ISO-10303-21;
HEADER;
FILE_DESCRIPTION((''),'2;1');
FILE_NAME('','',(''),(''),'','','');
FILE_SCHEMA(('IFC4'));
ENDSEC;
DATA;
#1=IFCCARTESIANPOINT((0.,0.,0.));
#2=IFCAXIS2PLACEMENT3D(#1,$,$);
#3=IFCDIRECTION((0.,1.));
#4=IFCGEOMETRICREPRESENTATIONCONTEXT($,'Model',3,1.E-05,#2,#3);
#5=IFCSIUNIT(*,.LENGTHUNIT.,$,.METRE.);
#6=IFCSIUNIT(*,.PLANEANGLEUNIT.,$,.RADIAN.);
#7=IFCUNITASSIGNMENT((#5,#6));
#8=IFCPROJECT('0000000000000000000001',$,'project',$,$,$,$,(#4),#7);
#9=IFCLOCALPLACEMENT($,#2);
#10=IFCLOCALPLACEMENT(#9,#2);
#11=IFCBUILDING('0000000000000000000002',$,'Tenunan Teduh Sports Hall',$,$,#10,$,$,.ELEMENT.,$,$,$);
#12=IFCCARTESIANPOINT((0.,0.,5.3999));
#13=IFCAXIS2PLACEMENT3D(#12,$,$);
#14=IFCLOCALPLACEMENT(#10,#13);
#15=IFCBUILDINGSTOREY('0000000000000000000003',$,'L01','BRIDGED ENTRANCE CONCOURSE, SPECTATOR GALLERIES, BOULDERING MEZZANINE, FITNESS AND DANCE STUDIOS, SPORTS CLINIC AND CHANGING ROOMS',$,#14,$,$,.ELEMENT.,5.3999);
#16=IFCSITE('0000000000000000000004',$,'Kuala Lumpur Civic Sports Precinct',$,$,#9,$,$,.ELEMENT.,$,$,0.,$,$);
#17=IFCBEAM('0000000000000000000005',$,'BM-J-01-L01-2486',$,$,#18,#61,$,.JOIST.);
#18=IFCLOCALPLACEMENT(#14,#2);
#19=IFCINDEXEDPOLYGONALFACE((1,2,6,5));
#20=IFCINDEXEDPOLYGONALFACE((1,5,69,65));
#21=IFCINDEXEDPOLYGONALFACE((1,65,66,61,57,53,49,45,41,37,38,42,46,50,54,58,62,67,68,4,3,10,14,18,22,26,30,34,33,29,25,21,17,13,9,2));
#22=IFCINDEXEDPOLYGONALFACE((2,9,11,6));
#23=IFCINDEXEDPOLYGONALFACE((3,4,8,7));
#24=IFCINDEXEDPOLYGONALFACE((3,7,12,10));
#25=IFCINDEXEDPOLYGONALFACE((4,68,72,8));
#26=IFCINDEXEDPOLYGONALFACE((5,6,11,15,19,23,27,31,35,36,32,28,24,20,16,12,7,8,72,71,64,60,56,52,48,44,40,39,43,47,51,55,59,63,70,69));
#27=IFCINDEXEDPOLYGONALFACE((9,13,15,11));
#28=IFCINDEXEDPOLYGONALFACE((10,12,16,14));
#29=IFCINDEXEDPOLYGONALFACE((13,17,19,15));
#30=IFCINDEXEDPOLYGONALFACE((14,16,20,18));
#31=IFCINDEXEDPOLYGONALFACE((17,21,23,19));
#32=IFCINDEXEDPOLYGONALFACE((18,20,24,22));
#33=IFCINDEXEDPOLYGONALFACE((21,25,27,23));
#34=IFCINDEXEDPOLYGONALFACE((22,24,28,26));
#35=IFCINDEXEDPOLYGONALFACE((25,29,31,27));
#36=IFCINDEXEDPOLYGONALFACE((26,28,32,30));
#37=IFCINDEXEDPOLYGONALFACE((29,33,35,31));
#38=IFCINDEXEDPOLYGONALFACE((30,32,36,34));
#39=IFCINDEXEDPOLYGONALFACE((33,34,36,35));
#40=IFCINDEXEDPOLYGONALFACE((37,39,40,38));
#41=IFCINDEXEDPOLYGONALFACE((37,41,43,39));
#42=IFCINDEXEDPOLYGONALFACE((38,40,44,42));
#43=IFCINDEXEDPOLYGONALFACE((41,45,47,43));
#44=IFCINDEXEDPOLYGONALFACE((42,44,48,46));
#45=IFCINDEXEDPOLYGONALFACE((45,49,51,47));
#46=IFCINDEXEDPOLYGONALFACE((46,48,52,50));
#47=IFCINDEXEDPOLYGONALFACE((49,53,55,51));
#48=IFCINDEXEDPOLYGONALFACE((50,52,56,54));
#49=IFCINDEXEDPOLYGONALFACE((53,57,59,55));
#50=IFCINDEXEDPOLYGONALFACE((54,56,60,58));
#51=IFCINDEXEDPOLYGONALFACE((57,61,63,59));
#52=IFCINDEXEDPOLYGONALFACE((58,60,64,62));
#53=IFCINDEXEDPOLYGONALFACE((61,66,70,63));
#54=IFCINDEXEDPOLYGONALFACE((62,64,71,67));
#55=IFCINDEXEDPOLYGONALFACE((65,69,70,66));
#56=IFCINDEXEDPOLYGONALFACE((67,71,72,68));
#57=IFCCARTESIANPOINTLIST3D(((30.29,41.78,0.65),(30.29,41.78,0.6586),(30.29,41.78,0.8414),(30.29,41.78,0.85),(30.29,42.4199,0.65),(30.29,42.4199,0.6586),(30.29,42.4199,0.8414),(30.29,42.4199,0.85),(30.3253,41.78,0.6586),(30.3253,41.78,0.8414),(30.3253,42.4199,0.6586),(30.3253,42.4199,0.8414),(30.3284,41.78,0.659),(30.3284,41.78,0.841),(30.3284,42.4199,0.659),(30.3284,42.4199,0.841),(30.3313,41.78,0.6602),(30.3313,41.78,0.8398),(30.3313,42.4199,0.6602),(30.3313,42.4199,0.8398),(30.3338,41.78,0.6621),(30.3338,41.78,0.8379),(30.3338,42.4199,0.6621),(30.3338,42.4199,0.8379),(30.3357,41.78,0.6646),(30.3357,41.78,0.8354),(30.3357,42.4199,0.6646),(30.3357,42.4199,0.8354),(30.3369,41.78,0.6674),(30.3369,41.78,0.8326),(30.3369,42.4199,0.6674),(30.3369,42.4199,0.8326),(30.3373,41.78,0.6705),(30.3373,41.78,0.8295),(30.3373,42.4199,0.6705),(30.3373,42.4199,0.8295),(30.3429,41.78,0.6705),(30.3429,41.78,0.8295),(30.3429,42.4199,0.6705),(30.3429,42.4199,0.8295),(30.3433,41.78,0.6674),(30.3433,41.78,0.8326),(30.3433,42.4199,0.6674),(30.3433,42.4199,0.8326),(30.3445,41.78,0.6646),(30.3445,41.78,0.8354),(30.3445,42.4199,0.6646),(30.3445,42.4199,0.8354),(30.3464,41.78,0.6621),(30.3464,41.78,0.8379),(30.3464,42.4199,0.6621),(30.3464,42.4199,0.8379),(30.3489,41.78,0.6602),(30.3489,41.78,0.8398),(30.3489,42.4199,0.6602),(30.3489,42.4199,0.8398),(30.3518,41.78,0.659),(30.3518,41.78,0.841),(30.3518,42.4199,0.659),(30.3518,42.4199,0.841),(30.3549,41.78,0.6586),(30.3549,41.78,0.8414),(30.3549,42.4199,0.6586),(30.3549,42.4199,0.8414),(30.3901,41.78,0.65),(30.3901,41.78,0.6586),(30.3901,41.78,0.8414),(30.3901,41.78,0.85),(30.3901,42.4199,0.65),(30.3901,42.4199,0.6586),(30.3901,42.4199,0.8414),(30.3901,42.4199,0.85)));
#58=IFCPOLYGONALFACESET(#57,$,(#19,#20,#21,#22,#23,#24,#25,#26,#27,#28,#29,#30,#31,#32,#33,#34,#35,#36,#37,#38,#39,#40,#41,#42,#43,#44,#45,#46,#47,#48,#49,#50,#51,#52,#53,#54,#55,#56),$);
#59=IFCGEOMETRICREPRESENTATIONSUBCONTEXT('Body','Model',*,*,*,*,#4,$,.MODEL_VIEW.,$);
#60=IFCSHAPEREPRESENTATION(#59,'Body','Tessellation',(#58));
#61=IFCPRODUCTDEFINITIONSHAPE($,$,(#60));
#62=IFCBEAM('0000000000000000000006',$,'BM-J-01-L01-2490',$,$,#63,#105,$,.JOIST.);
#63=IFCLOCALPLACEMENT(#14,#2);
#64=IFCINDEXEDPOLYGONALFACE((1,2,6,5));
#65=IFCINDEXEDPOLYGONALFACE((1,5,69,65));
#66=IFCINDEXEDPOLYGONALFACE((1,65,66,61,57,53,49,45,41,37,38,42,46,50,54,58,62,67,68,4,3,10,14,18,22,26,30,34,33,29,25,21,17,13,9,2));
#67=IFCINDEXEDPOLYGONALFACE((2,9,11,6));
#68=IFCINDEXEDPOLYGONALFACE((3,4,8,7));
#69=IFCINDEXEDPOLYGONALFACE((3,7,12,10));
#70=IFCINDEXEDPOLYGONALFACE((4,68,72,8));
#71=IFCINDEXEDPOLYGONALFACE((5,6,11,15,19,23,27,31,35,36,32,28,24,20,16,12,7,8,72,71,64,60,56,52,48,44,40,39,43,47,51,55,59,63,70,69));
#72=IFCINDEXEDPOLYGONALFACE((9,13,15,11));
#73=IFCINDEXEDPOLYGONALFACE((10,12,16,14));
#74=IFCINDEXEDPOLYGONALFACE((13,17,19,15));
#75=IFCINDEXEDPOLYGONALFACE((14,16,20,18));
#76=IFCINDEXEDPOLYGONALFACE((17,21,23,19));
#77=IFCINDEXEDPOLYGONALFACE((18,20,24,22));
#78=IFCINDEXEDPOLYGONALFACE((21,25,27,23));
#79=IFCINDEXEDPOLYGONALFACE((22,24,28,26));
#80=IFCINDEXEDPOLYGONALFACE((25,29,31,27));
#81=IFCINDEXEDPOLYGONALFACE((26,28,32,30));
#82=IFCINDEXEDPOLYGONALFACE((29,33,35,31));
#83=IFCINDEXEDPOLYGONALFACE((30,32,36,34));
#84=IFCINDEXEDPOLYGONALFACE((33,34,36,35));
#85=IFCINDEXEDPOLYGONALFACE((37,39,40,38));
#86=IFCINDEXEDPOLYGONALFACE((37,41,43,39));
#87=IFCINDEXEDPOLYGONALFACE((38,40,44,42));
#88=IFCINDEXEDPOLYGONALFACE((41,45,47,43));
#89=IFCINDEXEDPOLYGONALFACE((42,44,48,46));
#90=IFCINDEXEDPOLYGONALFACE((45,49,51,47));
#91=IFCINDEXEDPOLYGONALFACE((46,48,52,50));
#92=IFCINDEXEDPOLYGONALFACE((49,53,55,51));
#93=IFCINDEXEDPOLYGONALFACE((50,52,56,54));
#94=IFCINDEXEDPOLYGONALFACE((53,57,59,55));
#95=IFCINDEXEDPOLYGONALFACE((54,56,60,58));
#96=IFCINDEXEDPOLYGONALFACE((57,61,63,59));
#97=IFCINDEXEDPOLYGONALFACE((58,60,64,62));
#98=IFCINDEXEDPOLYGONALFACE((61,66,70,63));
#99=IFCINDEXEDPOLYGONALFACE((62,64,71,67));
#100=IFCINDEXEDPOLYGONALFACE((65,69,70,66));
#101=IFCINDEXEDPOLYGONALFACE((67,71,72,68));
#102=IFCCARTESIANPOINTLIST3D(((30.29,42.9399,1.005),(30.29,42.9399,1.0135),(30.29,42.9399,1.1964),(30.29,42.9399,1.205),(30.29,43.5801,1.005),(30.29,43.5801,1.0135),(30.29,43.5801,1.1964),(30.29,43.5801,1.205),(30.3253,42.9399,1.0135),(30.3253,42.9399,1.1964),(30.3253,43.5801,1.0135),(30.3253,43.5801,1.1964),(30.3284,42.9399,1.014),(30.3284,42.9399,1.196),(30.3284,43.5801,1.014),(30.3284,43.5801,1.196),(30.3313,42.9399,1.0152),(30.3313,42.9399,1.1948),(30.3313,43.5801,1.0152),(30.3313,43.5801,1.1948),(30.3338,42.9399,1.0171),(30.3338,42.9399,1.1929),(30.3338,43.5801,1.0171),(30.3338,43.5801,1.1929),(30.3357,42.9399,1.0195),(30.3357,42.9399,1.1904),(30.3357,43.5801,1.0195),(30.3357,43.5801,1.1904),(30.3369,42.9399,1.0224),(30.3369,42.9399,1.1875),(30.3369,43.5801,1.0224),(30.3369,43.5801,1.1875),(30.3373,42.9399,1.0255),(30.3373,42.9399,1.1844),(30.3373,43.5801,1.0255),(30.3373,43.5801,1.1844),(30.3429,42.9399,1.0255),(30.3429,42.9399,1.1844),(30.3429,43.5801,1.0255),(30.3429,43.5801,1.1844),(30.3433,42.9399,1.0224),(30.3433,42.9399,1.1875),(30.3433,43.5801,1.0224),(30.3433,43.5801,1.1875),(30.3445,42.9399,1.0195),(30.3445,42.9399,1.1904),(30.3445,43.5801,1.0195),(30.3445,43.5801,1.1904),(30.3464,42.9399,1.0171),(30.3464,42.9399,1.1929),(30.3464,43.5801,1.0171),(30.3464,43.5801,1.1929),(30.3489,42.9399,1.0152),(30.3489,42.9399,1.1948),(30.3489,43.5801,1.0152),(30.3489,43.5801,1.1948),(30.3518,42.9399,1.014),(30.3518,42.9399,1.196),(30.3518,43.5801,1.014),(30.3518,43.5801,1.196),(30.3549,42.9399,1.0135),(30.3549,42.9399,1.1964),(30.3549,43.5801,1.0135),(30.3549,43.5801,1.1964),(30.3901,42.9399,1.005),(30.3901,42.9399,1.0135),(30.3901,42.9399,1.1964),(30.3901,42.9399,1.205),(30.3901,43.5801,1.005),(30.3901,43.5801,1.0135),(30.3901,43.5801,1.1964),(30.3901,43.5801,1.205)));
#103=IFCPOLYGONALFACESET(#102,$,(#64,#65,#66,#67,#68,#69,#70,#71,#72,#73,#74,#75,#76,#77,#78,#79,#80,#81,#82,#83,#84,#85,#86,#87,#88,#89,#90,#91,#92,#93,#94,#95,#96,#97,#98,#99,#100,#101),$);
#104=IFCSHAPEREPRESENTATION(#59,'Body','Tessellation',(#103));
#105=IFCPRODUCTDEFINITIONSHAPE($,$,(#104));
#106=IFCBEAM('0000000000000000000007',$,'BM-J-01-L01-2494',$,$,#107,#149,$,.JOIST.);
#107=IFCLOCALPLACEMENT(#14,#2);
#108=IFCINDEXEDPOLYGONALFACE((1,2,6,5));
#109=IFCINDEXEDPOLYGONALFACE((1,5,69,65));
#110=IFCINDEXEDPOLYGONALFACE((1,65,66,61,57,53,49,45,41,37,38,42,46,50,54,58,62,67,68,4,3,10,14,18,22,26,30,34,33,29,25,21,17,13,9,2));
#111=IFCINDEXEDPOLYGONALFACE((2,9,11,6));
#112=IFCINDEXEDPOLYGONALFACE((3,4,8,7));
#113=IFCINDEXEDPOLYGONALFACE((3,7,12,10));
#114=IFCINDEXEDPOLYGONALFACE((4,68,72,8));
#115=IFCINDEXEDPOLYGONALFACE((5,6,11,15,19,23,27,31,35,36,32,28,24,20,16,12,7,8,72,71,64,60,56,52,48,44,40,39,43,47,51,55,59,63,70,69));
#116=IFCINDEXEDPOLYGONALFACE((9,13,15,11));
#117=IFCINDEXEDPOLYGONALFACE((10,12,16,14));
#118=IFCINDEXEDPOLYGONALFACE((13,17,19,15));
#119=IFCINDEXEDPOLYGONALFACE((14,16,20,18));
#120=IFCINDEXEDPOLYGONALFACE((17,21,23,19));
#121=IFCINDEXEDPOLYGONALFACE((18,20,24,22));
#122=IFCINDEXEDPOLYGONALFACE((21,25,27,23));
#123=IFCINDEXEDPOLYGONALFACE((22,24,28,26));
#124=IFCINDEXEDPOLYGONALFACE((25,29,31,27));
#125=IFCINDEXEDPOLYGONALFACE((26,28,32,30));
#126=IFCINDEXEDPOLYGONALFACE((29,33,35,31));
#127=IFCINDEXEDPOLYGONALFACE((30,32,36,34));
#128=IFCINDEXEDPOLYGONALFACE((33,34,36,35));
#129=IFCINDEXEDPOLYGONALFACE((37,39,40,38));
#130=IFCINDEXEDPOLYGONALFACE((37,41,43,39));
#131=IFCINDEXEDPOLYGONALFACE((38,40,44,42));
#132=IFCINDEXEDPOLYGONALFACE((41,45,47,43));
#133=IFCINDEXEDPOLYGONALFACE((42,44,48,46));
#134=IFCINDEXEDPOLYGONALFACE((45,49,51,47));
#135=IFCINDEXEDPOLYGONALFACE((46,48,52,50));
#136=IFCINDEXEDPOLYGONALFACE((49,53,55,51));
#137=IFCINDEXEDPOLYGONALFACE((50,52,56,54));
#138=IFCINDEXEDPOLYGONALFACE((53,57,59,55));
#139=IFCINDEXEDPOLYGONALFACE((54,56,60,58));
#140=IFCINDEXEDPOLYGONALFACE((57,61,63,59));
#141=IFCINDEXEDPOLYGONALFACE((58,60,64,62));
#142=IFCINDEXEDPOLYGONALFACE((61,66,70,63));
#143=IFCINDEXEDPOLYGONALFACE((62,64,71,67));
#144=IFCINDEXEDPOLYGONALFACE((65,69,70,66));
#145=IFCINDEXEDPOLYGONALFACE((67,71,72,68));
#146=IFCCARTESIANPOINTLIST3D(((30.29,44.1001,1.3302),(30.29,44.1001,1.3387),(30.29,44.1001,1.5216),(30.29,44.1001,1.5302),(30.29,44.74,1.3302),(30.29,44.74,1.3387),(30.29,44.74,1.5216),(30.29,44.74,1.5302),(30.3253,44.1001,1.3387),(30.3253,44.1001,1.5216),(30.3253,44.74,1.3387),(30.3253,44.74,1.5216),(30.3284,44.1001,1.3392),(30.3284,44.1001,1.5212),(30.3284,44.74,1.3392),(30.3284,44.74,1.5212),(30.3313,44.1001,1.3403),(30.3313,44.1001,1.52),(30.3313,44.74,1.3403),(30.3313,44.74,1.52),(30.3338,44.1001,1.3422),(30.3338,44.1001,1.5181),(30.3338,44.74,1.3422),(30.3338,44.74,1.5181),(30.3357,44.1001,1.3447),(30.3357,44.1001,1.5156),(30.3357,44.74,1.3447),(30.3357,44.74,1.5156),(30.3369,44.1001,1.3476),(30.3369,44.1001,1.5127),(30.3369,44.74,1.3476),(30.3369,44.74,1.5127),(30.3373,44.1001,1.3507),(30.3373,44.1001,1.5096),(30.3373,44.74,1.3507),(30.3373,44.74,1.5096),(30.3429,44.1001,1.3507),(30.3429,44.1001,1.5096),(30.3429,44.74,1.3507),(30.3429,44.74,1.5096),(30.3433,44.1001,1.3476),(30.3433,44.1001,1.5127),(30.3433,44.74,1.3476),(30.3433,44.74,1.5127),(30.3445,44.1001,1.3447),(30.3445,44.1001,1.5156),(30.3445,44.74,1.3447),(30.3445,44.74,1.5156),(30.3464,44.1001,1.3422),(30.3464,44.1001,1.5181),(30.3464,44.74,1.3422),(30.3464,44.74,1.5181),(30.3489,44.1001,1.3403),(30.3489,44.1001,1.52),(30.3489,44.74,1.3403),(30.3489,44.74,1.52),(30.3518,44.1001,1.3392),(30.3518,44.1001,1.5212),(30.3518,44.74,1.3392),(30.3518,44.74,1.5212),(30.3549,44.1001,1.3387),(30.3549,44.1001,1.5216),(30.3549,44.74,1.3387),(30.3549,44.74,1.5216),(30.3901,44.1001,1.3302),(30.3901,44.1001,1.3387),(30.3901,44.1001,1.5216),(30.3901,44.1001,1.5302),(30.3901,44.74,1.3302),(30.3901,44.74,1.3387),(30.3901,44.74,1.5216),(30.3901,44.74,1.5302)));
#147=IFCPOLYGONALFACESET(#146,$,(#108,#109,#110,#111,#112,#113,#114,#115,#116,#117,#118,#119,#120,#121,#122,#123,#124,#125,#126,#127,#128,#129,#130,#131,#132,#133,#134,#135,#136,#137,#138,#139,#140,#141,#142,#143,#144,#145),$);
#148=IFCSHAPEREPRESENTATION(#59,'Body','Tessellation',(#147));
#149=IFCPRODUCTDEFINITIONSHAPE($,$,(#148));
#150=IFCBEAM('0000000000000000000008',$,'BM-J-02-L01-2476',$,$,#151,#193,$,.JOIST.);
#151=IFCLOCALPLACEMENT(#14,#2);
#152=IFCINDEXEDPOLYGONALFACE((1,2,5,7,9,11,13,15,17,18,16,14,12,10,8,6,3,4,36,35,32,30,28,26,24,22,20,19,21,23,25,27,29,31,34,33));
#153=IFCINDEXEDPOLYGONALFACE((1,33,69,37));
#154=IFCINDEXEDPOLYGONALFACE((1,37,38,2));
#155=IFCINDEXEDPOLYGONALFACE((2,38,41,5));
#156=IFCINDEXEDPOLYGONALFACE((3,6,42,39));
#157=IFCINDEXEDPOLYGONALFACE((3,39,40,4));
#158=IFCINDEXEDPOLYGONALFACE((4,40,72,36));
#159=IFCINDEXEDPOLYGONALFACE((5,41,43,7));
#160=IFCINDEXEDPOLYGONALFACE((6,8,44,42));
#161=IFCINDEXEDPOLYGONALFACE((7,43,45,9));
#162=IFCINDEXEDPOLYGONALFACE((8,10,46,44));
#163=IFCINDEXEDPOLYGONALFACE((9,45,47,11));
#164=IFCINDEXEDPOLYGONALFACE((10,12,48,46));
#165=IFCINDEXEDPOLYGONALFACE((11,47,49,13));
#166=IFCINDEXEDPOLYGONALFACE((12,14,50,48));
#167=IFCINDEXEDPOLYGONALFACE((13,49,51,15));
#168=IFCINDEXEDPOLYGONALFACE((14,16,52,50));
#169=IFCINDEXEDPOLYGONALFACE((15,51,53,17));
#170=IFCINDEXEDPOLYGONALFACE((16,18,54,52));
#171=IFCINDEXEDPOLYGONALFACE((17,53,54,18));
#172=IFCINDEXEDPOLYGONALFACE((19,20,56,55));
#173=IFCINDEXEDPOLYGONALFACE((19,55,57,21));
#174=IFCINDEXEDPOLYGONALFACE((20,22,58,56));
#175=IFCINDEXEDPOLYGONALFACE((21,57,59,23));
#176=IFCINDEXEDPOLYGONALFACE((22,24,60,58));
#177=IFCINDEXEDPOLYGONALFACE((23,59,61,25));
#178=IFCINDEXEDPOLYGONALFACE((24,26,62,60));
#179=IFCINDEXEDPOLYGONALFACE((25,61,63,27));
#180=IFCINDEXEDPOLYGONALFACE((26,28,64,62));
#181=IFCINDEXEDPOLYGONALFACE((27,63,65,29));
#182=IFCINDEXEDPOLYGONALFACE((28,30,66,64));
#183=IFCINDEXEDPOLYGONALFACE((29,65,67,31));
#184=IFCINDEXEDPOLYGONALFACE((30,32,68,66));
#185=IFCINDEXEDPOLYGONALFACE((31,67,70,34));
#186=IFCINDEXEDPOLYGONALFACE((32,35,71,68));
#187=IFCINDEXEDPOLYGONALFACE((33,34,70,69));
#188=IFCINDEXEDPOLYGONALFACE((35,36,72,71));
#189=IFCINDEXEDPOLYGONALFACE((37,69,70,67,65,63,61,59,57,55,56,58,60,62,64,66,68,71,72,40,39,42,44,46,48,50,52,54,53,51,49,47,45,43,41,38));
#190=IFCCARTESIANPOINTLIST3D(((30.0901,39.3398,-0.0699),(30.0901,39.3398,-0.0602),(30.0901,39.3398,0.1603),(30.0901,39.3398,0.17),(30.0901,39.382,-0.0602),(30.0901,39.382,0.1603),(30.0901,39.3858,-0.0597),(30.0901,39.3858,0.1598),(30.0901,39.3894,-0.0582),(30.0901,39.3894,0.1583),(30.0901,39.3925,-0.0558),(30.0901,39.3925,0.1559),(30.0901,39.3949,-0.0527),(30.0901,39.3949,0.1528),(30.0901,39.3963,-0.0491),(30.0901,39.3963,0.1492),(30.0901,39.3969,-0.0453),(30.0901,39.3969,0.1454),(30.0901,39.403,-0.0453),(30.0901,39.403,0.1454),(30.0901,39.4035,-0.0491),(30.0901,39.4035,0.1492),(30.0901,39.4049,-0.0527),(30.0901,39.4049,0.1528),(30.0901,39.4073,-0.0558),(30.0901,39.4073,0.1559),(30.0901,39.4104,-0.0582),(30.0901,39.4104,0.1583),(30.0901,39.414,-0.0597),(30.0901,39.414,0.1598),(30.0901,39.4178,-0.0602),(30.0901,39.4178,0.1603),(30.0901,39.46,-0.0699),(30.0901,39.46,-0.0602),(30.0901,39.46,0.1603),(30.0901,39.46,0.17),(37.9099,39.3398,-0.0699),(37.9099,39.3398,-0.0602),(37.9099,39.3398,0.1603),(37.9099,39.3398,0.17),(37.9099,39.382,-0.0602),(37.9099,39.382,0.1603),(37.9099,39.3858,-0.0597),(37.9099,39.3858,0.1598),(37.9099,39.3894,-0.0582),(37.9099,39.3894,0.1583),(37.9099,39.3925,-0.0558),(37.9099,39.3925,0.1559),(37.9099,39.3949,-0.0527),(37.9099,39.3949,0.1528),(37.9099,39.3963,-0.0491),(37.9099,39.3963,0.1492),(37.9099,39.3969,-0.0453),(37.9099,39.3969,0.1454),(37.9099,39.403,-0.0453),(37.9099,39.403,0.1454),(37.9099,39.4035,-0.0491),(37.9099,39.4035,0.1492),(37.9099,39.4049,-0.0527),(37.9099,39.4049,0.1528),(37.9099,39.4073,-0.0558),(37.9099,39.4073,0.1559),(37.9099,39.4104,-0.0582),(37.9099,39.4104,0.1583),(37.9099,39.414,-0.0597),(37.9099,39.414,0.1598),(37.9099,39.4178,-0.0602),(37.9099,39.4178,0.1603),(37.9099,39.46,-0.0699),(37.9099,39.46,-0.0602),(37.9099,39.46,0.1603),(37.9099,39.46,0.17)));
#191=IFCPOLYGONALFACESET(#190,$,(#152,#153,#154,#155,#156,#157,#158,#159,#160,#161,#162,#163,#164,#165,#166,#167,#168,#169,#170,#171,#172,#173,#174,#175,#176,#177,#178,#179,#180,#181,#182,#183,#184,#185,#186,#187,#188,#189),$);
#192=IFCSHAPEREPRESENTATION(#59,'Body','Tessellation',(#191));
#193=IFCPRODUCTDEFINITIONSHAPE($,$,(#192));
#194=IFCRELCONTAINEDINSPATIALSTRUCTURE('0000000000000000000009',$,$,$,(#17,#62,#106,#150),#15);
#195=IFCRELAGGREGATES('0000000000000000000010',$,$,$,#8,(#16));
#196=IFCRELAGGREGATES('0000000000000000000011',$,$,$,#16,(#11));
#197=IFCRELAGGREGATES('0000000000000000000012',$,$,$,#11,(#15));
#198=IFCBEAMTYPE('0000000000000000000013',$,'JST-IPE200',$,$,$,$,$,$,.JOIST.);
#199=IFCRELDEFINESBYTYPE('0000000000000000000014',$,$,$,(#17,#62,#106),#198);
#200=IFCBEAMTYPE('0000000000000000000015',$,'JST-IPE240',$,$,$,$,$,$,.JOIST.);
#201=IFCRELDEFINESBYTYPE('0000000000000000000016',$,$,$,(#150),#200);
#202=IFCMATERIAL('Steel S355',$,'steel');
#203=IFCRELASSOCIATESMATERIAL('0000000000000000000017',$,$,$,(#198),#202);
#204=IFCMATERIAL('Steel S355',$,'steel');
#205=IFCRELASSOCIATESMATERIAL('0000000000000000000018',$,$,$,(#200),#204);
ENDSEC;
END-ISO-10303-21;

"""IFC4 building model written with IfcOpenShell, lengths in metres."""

from ifc_helpers import new_model, si_unit, direction, frame, origin, origin_2d, place, context, subcontext, project, spatial, i_section, extrude, material, material_profile, profile_set, type_object, element, save


model = new_model("IFC4")

# Units and contexts
model_context = context("Model", 3, precision=1e-05, world=origin(), true_north=direction((0.0, 1.0)))
body_context = subcontext(model_context, "Body", "Model", "MODEL_VIEW")
ifc_project = project(units=[si_unit("LENGTHUNIT", "METRE"), si_unit("PLANEANGLEUNIT", "RADIAN")], contexts=[model_context])

# Site, building, storey
site_placement = place(None, origin())
site = spatial("IfcSite", under=ifc_project, at=site_placement, Name="Kuala Lumpur Civic Sports Precinct", CompositionType="ELEMENT", RefElevation=0.0)
building_placement = place(site_placement, origin())
building = spatial("IfcBuilding", under=site, at=building_placement, Name="Tenunan Teduh Sports Hall", CompositionType="ELEMENT")
storey_placement = place(building_placement, frame((0.0, 0.0, 5.3999)))
storey = spatial("IfcBuildingStorey", under=building, at=storey_placement, Name="L01", Description="BRIDGED ENTRANCE CONCOURSE, SPECTATOR GALLERIES, BOULDERING MEZZANINE, FITNESS AND DANCE STUDIOS, SPORTS CLINIC AND CHANGING ROOMS", CompositionType="ELEMENT", Elevation=5.3999)

# Beams
ifc_material_1 = material(Name="Steel S355", Category="steel")
ifc_material_profile_1 = material_profile(ifc_material_1, i_section(OverallWidth=0.1001, OverallDepth=0.2, WebThickness=0.0056, FlangeThickness=0.0085, FilletRadius=0.012, at=origin_2d()), Name="IPE 200")
ifc_profile_set_1 = profile_set([ifc_material_profile_1], Name="Steel S355")
beam_type_1 = type_object("IfcBeamType", Name="JST-IPE200", PredefinedType="JOIST", material=ifc_profile_set_1)
for number, where, z_axis, x_axis, name in (
    (1, (30.3401, 41.78, 0.75), (0.0, 1.0, 0.0), (-1.0, 0.0, 0.0), "BM-J-01-L01-2486"),
):
    element("IfcBeam", number, at=place(storey_placement, frame(where, z_axis=z_axis, x_axis=x_axis)), inside=storey, type_object=beam_type_1, Name=name, PredefinedType="JOIST", context=body_context, shape_type="SweptSolid", body=[
        extrude(i_section(OverallWidth=0.1001, OverallDepth=0.2, WebThickness=0.0056, FlangeThickness=0.0085, FilletRadius=0.012, at=origin_2d()), origin(), (0.0, 0.0, 1.0), 0.6399),
    ])
beam_1_placement = place(storey_placement, frame((30.3401, 42.9399, 1.105), z_axis=(0.0, 1.0, 0.0), x_axis=(-1.0, 0.0, 0.0)))
element("IfcBeam", 2, at=beam_1_placement, inside=storey, type_object=beam_type_1, Name="BM-J-01-L01-2490", PredefinedType="JOIST", context=body_context, shape_type="SweptSolid", body=[
    extrude(i_section(OverallWidth=0.1001, OverallDepth=0.2, WebThickness=0.0056, FlangeThickness=0.0085, FilletRadius=0.012, at=origin_2d()), origin(), (0.0, 0.0, 1.0), 0.6401),
])
beam_2_placement = place(storey_placement, frame((30.3401, 44.1001, 1.4302), z_axis=(0.0, 1.0, 0.0), x_axis=(-1.0, 0.0, 0.0)))
element("IfcBeam", 3, at=beam_2_placement, inside=storey, type_object=beam_type_1, Name="BM-J-01-L01-2494", PredefinedType="JOIST", context=body_context, shape_type="SweptSolid", body=[
    extrude(i_section(OverallWidth=0.1001, OverallDepth=0.2, WebThickness=0.0056, FlangeThickness=0.0085, FilletRadius=0.012, at=origin_2d()), origin(), (0.0, 0.0, 1.0), 0.6399),
])
ifc_material_2 = material(Name="Steel S355", Category="steel")
ifc_material_profile_2 = material_profile(ifc_material_2, i_section(OverallWidth=0.1201, OverallDepth=0.24, WebThickness=0.0061, FlangeThickness=0.0098, FilletRadius=0.0149, at=origin_2d()), Name="IPE 240")
ifc_profile_set_2 = profile_set([ifc_material_profile_2], Name="Steel S355")
beam_type_2 = type_object("IfcBeamType", Name="JST-IPE240", PredefinedType="JOIST", material=ifc_profile_set_2)
for number, where, z_axis, x_axis, name in (
    (4, (30.0901, 39.3999, 0.05), (1.0, 0.0, 0.0), (0.0, 1.0, 0.0), "BM-J-02-L01-2476"),
):
    element("IfcBeam", number, at=place(storey_placement, frame(where, z_axis=z_axis, x_axis=x_axis)), inside=storey, type_object=beam_type_2, Name=name, PredefinedType="JOIST", context=body_context, shape_type="SweptSolid", body=[
        extrude(i_section(OverallWidth=0.1201, OverallDepth=0.24, WebThickness=0.0061, FlangeThickness=0.0098, FilletRadius=0.0149, at=origin_2d()), origin(), (0.0, 0.0, 1.0), 7.8198),
    ])

save(model, "model.ifc")
